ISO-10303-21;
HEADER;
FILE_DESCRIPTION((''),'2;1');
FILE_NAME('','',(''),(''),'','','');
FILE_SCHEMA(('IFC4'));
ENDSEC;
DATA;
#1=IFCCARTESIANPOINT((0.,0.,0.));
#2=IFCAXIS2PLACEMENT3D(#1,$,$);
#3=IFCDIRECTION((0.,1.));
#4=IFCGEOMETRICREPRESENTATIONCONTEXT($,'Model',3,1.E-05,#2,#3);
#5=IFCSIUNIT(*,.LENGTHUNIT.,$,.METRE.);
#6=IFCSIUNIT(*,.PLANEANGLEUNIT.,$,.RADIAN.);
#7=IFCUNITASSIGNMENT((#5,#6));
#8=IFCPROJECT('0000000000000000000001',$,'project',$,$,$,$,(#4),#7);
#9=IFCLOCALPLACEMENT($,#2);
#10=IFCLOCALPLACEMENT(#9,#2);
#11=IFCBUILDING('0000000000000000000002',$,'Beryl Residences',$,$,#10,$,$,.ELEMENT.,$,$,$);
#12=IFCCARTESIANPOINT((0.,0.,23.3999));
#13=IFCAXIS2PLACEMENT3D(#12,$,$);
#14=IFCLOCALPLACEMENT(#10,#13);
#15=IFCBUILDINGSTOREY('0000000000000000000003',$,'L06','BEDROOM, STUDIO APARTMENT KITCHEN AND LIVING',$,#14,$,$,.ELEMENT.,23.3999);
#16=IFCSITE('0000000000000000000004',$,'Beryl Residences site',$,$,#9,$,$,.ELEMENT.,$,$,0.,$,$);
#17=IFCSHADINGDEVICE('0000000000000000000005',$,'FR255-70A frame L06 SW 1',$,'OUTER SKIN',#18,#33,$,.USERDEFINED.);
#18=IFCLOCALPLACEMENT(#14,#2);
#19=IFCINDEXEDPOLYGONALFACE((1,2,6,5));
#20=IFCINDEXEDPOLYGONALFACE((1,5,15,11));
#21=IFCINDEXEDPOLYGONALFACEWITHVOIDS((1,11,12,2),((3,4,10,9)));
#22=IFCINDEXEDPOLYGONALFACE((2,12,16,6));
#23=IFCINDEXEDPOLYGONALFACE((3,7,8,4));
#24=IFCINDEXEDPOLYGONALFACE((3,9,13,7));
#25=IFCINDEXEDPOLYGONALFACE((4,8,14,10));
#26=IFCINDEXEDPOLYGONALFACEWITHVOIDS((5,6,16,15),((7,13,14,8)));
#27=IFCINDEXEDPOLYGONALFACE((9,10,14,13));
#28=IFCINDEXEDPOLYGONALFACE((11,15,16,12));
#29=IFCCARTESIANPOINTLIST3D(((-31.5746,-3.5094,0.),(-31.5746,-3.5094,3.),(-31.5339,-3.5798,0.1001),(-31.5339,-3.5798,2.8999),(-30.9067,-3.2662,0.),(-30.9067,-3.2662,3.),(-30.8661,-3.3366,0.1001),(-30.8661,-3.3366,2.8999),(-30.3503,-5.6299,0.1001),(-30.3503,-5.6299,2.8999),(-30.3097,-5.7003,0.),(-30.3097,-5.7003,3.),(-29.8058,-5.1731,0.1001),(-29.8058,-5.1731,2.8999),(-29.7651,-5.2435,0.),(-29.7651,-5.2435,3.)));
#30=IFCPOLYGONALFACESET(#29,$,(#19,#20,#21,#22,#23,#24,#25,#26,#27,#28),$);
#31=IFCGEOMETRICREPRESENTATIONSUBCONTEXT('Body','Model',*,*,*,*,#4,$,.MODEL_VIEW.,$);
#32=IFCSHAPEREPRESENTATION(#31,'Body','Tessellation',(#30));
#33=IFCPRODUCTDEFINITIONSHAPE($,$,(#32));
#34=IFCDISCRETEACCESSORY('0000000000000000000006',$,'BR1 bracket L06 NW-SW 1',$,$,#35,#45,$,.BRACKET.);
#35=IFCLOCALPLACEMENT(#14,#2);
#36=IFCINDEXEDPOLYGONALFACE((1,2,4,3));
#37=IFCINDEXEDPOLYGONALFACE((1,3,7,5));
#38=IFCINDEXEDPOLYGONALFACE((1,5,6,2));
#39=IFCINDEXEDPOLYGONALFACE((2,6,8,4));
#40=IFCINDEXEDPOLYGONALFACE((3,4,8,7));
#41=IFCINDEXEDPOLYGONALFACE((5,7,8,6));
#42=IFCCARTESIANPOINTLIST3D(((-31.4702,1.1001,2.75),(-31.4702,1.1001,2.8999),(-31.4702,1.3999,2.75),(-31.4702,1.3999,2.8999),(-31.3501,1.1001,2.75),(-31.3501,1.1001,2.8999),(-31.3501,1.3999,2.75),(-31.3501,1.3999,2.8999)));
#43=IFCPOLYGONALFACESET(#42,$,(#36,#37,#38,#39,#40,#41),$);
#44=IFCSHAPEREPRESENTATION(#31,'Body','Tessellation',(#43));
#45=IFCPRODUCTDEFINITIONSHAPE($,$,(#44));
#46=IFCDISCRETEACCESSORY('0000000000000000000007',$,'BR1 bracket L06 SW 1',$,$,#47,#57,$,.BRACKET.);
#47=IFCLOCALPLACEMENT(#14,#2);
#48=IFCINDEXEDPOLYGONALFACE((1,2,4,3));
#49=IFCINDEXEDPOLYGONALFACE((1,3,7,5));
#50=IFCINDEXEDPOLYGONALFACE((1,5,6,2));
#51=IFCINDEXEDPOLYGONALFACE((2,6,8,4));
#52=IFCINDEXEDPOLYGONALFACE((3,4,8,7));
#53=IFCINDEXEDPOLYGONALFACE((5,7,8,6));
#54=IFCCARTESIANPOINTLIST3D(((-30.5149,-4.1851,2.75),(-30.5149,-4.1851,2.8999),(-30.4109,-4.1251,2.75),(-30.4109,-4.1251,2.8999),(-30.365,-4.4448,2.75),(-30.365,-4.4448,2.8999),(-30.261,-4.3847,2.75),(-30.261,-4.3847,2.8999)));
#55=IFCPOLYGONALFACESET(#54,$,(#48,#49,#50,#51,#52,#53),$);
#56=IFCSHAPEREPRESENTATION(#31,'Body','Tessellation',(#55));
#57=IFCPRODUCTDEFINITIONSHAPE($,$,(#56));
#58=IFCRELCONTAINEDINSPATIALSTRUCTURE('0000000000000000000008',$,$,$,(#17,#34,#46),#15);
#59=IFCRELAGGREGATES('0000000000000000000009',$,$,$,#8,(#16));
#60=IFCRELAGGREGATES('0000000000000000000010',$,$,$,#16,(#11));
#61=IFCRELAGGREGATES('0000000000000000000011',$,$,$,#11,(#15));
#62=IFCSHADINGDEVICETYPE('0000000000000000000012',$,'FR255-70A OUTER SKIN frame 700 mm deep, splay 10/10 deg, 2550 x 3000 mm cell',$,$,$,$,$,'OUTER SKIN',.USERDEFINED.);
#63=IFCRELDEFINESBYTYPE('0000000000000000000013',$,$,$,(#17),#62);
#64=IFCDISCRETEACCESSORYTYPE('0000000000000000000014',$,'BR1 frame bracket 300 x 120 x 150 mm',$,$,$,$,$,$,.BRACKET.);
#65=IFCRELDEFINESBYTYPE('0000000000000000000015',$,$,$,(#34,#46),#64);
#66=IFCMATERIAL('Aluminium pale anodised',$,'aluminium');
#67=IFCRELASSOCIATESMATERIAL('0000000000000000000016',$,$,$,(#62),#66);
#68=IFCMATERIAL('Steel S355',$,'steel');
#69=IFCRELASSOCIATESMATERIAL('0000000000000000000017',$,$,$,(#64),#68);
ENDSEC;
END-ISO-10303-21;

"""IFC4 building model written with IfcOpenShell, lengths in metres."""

from ifc_helpers import new_model, entity, si_unit, direction, frame, origin, place, context, subcontext, project, spatial, polyline, outline, extrude, source, transform, mapped, material, type_object, type_shapes, element, save


model = new_model("IFC4")

# Units and contexts
model_context = context("Model", 3, precision=1e-05, world=origin(), true_north=direction((0.0, 1.0)))
body_context = subcontext(model_context, "Body", "Model", "MODEL_VIEW")
ifc_project = project(units=[si_unit("LENGTHUNIT", "METRE"), si_unit("PLANEANGLEUNIT", "RADIAN")], contexts=[model_context])

# Site, building, storey
site_placement = place(None, origin())
site = spatial("IfcSite", under=ifc_project, at=site_placement, Name="Beryl Residences site", CompositionType="ELEMENT", RefElevation=0.0)
building_placement = place(site_placement, origin())
building = spatial("IfcBuilding", under=site, at=building_placement, Name="Beryl Residences", CompositionType="ELEMENT")
storey_placement = place(building_placement, frame((0.0, 0.0, 23.3999)))
storey = spatial("IfcBuildingStorey", under=building, at=storey_placement, Name="L06", Description="BEDROOM, STUDIO APARTMENT KITCHEN AND LIVING", CompositionType="ELEMENT", Elevation=23.3999)

# Shading device
ifc_material_1 = material(Name="Aluminium pale anodised", Category="aluminium")
shading_device_type_1 = type_object("IfcShadingDeviceType", Name="FR255-70A OUTER SKIN frame 700 mm deep, splay 10/10 deg, 2550 x 3000 mm cell", ElementType="OUTER SKIN", PredefinedType="USERDEFINED", material=ifc_material_1)
cartesian_point_1 = entity("IfcCartesianPoint", [-1.1416, 0.0])
cartesian_point_2 = entity("IfcCartesianPoint", [-1.0603, 0.1001])
cartesian_point_3 = entity("IfcCartesianPoint", [-1.2649, 0.0])
cartesian_point_4 = entity("IfcCartesianPoint", [-1.1836, 0.1001])
shared_shape_1 = source(origin(), body_context, "Body", "SweptSolid", [
    entity("IfcExtrudedAreaSolidTapered", entity("IfcArbitraryProfileDefWithVoids", "AREA", None, entity("IfcPolyline", [cartesian_point_1, entity("IfcCartesianPoint", [1.1416, 0.0]), entity("IfcCartesianPoint", [1.1416, 3.0]), entity("IfcCartesianPoint", [-1.1416, 3.0]), cartesian_point_1]), [entity("IfcPolyline", [cartesian_point_2, entity("IfcCartesianPoint", [1.0603, 0.1001]), entity("IfcCartesianPoint", [1.0603, 2.8999]), entity("IfcCartesianPoint", [-1.0603, 2.8999]), cartesian_point_2])]), entity("IfcAxis2Placement3D", entity("IfcCartesianPoint", [0.0, 0.0, 0.0]), entity("IfcDirection", [0.0, 1.0, 0.0]), entity("IfcDirection", [-1.0, 0.0, 0.0])), entity("IfcDirection", [0.0, 0.0, 1.0]), 0.7, entity("IfcArbitraryProfileDefWithVoids", "AREA", None, entity("IfcPolyline", [cartesian_point_3, entity("IfcCartesianPoint", [1.2649, 0.0]), entity("IfcCartesianPoint", [1.2649, 3.0]), entity("IfcCartesianPoint", [-1.2649, 3.0]), cartesian_point_3]), [entity("IfcPolyline", [cartesian_point_4, entity("IfcCartesianPoint", [1.1836, 0.1001]), entity("IfcCartesianPoint", [1.1836, 2.8999]), entity("IfcCartesianPoint", [-1.1836, 2.8999]), cartesian_point_4])])),
])
type_shapes(shading_device_type_1, [shared_shape_1])
shading_device_placement = place(storey_placement, frame((-30.3359, -4.2549, 0.0), z_axis=(0.0, 0.0, 1.0), x_axis=(-0.5, 0.866025, 0.0)))
element("IfcShadingDevice", 1, at=shading_device_placement, inside=storey, type_object=shading_device_type_1, Name="FR255-70A frame L06 SW 1", ObjectType="OUTER SKIN", PredefinedType="USERDEFINED", context=body_context, shape_type="MappedRepresentation", body=[
    mapped(shared_shape_1, transform((0.0, 0.0, 0.0))),
])

# Discrete accessories
ifc_material_2 = material(Name="Steel S355", Category="steel")
discrete_accessory_type = type_object("IfcDiscreteAccessoryType", Name="BR1 frame bracket 300 x 120 x 150 mm", PredefinedType="BRACKET", material=ifc_material_2)
shared_shape_2 = source(origin(), body_context, "Body", "SweptSolid", [
    extrude(outline(polyline([(-0.1499, 0.0), (0.1499, 0.0), (0.1499, 0.1201), (-0.1499, 0.1201), (-0.1499, 0.0)])), origin(), (0.0, 0.0, 1.0), 0.1499),
])
type_shapes(discrete_accessory_type, [shared_shape_2])
for number, where, z_axis, x_axis, name in (
    (2, (-31.3501, 1.25, 2.75), (0.0, 0.0, 1.0), (0.0, 1.0, 0.0), "BR1 bracket L06 NW-SW 1"),
    (3, (-30.3359, -4.2549, 2.75), (0.0, 0.0, 1.0), (-0.5, 0.866025, 0.0), "BR1 bracket L06 SW 1"),
):
    element("IfcDiscreteAccessory", number, at=place(storey_placement, frame(where, z_axis=z_axis, x_axis=x_axis)), inside=storey, type_object=discrete_accessory_type, Name=name, PredefinedType="BRACKET", context=body_context, shape_type="MappedRepresentation", body=[
        mapped(shared_shape_2, transform((0.0, 0.0, 0.0))),
    ])

save(model, "model.ifc")
